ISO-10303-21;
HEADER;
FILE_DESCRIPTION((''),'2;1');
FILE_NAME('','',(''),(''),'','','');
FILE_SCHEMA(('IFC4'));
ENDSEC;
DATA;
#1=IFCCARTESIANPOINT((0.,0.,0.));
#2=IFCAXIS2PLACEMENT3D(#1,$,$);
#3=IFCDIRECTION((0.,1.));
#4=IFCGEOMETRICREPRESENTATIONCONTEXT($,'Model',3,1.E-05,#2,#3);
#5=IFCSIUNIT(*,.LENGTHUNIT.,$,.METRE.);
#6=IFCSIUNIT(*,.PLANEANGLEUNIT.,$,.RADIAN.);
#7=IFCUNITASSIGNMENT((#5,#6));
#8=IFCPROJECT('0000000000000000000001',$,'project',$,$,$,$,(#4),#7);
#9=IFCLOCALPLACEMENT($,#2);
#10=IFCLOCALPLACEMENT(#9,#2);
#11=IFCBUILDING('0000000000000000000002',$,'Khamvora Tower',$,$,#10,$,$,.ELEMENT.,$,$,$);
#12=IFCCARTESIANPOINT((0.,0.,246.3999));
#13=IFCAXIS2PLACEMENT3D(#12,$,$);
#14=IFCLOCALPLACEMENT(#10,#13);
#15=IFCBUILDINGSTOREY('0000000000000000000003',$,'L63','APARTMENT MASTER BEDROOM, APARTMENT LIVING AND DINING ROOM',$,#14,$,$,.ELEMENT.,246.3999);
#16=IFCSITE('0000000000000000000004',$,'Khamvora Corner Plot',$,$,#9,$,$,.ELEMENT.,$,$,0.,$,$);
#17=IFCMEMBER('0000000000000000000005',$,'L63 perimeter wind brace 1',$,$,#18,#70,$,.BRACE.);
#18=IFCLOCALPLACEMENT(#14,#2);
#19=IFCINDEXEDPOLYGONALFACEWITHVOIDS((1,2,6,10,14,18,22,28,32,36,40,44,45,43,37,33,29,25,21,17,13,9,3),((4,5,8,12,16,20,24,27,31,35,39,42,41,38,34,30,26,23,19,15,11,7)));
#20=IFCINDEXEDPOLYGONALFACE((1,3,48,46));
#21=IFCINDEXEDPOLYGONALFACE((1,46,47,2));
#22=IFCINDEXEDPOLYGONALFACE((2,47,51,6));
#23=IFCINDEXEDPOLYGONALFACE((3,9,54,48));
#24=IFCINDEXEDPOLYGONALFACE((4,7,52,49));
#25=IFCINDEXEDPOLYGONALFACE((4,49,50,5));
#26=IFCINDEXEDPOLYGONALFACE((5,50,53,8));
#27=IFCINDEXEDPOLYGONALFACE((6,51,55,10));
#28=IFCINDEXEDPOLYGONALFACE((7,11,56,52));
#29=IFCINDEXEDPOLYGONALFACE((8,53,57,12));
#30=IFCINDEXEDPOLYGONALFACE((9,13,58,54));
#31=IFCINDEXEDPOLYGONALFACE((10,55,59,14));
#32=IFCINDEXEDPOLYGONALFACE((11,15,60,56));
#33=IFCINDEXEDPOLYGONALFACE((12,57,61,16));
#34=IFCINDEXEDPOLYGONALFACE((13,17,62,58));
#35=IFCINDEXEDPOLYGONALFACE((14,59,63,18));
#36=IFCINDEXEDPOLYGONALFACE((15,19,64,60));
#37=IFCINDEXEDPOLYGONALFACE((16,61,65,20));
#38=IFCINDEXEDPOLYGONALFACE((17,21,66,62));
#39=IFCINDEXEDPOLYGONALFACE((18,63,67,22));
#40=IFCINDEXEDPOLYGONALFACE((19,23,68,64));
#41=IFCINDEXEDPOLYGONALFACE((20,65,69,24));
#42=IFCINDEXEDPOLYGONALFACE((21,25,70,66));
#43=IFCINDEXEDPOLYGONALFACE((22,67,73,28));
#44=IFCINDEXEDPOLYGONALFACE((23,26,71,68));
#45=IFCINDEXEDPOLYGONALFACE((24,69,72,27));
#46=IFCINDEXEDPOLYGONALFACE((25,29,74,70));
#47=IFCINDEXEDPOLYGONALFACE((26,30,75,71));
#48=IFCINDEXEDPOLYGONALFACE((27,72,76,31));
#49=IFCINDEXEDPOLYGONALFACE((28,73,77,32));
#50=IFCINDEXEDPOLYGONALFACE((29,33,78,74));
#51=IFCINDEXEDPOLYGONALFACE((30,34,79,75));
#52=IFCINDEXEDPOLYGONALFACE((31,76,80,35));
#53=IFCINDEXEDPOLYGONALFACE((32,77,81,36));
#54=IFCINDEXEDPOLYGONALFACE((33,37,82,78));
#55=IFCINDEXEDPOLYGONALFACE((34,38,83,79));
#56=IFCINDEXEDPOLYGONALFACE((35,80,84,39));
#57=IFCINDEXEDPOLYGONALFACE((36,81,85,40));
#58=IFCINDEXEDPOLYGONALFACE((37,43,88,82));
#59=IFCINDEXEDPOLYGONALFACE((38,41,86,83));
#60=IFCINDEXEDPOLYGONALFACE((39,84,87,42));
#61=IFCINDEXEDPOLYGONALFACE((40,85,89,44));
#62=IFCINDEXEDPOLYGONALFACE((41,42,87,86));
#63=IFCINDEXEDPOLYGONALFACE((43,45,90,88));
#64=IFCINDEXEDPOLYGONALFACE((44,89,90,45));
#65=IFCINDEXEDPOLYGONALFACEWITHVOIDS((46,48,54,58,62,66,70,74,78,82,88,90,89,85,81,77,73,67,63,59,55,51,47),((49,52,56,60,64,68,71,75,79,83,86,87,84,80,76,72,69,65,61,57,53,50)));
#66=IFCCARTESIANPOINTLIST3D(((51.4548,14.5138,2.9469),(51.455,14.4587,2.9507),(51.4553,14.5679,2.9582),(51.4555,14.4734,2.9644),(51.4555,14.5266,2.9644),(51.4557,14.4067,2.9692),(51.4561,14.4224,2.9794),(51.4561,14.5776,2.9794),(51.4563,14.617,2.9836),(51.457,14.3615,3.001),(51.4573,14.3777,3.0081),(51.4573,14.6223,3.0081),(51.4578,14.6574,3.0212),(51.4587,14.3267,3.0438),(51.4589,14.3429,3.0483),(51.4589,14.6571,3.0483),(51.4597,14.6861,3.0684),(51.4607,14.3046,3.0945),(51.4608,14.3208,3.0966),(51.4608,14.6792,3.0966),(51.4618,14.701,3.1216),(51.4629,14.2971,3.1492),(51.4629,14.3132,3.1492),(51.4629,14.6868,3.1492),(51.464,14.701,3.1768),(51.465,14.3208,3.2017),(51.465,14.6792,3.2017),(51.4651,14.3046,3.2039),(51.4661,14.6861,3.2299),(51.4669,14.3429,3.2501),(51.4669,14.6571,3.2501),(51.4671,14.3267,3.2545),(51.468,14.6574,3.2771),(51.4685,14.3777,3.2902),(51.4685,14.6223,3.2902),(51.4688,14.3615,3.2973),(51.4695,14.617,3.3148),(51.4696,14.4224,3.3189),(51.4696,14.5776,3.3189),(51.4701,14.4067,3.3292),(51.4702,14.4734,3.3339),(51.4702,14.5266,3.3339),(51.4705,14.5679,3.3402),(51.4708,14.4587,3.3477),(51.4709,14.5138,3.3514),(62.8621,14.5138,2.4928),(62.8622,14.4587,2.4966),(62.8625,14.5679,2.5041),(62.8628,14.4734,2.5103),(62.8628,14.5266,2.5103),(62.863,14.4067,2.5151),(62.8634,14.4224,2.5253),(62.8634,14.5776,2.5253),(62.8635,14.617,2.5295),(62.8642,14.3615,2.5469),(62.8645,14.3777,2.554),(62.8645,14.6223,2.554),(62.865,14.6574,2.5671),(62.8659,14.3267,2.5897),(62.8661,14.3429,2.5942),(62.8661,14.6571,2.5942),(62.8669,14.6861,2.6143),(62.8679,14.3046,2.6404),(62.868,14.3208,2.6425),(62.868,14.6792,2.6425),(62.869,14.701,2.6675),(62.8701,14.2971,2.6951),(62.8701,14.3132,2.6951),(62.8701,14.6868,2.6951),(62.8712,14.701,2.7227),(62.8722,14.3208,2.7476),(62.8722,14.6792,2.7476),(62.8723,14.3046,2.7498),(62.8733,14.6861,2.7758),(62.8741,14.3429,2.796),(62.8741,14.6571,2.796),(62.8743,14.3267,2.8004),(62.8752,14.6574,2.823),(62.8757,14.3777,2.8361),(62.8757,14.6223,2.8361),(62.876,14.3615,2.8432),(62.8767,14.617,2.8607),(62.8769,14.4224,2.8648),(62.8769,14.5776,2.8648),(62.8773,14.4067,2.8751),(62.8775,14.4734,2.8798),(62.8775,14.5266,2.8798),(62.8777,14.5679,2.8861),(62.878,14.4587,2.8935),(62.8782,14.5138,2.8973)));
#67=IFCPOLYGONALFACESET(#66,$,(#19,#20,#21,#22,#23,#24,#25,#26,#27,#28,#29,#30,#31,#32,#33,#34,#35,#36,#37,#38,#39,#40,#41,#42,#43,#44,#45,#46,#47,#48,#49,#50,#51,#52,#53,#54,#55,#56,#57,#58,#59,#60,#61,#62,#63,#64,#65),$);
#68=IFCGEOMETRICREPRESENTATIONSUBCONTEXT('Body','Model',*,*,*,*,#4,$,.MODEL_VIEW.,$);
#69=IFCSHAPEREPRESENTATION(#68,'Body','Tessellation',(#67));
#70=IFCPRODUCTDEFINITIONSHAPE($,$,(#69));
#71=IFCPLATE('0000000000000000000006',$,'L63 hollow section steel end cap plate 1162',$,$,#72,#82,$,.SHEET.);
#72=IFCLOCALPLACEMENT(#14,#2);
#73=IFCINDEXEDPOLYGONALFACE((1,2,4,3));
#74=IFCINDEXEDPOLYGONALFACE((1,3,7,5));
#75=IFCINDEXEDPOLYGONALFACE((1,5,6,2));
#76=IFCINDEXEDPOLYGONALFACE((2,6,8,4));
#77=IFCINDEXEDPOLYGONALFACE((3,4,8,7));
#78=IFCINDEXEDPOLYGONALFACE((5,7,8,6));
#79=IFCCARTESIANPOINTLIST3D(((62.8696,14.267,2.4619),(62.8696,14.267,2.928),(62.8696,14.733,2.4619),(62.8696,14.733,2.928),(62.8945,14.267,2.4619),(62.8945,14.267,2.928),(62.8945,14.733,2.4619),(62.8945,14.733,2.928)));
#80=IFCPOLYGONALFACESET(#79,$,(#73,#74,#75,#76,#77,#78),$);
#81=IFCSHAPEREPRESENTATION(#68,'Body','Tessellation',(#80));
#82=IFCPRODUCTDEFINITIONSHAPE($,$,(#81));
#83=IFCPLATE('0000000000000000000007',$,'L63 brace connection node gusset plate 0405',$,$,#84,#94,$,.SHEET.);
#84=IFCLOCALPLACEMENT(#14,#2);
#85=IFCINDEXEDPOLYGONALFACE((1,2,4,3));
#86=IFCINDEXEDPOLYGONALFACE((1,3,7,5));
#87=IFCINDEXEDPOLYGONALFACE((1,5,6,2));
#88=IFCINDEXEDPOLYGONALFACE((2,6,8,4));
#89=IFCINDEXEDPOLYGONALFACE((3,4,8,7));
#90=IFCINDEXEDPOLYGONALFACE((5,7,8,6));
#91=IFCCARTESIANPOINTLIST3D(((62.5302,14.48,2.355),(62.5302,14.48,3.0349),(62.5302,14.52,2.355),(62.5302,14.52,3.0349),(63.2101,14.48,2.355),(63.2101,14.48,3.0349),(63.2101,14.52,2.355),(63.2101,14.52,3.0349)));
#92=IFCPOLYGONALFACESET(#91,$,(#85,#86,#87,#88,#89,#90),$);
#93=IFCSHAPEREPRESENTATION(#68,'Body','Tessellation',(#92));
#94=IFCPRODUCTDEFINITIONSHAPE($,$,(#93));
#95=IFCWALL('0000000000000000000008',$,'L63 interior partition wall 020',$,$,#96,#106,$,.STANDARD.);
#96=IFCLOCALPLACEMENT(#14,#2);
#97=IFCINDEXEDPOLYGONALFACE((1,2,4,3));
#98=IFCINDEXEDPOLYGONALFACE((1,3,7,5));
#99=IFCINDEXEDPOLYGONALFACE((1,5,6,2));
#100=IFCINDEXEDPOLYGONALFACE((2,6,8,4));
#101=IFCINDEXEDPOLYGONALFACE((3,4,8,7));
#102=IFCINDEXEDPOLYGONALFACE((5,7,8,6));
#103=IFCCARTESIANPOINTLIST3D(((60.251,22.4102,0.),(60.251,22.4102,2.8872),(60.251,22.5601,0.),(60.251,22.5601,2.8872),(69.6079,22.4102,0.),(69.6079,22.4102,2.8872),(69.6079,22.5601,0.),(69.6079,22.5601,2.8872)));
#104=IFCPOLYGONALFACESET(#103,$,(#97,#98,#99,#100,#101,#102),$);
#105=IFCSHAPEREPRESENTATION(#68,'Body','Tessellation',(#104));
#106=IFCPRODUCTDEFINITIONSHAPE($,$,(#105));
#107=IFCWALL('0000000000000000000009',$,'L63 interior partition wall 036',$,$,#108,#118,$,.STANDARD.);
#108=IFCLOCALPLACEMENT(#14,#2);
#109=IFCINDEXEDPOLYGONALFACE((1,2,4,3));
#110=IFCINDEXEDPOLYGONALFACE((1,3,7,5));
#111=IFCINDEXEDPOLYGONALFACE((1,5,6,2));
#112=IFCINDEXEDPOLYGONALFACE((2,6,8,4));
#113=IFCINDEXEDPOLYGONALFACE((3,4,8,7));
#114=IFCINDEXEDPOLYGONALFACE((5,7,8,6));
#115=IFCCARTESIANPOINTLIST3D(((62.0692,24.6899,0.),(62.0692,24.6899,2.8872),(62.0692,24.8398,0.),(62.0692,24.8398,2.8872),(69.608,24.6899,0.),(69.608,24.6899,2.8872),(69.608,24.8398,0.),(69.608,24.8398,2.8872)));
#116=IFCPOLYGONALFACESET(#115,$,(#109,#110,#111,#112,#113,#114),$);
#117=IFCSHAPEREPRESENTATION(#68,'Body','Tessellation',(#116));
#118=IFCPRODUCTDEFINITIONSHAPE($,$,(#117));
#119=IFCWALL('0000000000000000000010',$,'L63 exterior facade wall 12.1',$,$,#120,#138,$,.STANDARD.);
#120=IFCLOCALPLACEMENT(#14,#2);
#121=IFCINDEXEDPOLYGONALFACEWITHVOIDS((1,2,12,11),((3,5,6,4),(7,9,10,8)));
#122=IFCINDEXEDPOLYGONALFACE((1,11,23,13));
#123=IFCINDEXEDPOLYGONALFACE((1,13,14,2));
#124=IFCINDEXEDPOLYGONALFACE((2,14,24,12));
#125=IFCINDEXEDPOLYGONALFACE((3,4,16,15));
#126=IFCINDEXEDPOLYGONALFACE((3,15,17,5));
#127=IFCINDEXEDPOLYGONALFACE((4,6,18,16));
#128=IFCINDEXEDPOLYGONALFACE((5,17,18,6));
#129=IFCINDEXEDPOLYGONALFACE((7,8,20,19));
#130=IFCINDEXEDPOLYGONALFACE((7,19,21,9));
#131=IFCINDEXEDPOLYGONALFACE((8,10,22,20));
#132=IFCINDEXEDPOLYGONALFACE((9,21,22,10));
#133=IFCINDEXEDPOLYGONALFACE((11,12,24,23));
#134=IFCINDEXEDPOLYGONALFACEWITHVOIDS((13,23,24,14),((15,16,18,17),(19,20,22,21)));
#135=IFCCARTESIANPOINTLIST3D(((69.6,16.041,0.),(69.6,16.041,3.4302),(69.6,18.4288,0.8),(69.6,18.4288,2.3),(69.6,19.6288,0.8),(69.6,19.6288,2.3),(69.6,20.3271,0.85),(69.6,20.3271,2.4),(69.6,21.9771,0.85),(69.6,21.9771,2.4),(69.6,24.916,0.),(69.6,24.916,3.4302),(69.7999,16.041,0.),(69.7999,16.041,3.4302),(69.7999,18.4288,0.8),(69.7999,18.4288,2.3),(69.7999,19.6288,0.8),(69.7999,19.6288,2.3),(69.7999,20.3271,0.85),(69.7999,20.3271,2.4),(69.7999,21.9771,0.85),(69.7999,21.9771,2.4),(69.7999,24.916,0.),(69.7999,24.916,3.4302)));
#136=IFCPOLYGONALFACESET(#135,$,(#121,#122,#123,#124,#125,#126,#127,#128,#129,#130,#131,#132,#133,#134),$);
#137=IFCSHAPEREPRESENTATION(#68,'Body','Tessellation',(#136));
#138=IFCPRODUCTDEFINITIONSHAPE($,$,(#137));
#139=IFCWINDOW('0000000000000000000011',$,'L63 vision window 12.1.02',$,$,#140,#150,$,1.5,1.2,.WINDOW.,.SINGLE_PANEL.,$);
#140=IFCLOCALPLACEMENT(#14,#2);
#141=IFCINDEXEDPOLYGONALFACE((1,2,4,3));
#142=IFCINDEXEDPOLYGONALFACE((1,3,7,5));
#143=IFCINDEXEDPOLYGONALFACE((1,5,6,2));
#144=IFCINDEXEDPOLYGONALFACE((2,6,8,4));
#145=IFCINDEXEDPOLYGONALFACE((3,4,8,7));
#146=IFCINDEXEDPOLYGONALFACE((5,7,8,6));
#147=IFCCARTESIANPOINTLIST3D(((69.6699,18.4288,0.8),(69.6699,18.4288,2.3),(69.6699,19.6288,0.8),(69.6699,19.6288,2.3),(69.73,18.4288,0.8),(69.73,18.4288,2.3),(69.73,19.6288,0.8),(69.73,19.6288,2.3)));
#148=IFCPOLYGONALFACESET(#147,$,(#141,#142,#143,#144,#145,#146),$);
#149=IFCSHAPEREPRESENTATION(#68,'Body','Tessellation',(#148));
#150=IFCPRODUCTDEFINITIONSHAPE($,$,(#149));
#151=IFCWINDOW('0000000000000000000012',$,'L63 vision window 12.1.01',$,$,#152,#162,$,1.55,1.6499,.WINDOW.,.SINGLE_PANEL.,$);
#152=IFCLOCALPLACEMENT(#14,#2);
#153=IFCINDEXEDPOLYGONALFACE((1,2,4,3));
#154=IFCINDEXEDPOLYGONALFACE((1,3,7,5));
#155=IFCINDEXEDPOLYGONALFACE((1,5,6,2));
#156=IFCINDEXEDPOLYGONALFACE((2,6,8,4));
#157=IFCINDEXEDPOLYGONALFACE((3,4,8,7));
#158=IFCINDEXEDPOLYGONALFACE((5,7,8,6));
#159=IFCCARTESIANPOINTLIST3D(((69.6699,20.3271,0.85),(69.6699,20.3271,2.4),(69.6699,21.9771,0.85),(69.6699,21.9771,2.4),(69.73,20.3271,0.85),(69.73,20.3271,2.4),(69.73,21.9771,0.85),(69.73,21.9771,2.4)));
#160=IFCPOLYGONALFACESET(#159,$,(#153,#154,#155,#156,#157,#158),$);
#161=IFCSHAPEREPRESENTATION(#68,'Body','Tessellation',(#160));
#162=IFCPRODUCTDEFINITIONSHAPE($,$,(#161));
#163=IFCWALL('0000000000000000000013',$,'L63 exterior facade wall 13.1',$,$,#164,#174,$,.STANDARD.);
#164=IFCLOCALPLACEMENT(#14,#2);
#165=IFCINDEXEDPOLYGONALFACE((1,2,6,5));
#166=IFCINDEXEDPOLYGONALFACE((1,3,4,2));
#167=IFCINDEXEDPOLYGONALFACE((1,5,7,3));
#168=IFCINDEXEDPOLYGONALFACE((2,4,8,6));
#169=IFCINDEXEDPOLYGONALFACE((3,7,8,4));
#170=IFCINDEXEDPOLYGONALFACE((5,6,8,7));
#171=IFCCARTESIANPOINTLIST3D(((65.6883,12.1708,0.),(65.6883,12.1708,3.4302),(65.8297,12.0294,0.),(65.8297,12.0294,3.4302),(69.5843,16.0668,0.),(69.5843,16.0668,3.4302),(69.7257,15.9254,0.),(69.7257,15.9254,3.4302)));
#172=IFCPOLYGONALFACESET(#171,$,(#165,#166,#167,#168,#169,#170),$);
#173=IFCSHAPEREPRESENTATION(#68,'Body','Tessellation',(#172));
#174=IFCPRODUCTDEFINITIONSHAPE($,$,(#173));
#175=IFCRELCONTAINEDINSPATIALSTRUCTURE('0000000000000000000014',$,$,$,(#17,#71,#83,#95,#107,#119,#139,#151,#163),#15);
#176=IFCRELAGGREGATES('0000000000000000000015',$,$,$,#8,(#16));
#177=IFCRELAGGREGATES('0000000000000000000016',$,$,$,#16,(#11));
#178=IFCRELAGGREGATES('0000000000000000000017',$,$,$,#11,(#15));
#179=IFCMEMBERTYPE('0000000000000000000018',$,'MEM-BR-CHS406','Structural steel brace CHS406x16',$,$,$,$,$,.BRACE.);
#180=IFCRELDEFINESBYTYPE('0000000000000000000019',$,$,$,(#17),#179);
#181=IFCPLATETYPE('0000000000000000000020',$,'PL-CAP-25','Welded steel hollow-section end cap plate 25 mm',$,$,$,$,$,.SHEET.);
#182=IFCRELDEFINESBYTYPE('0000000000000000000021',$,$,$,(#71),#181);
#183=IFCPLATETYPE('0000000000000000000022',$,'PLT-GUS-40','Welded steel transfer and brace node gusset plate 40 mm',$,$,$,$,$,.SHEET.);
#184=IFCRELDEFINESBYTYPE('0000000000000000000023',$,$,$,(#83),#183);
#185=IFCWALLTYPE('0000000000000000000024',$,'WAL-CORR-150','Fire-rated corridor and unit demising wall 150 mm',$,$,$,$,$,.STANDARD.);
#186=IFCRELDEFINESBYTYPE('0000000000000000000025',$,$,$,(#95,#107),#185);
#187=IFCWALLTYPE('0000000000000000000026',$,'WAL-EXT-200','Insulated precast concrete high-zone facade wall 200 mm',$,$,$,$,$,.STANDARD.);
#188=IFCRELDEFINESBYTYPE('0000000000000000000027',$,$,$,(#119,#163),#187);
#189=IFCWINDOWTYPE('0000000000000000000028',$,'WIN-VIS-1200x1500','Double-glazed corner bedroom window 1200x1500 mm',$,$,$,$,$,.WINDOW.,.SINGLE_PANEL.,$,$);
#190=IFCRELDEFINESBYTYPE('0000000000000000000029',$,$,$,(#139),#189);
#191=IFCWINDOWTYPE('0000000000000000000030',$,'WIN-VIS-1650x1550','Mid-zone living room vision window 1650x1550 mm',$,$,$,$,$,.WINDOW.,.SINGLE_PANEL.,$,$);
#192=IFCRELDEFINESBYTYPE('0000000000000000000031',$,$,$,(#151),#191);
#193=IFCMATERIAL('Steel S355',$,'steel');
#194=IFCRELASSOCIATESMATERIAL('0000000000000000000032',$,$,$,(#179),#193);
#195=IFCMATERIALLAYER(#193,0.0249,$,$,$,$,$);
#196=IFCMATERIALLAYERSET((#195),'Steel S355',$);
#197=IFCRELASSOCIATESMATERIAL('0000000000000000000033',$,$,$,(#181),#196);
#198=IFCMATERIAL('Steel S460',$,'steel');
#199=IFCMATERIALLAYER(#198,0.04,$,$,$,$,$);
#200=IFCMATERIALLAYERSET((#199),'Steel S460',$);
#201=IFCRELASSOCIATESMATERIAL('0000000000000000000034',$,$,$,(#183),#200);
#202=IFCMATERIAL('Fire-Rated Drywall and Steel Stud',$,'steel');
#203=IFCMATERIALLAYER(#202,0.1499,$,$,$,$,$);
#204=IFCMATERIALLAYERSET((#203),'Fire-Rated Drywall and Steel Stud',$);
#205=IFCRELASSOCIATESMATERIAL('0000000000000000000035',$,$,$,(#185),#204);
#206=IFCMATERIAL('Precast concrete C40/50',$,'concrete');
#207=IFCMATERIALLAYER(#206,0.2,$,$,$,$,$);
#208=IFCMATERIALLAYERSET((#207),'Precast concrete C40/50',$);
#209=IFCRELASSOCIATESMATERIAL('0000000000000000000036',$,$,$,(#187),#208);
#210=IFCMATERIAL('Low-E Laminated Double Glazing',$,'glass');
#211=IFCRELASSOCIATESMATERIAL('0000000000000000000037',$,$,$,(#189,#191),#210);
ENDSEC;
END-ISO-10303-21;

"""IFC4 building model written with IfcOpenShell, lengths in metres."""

from ifc_helpers import new_model, si_unit, direction, frame, frame_2d, origin, origin_2d, place, context, subcontext, project, spatial, rectangle, hollow_circle, extrude, material, layer, layer_set, material_profile, profile_set, type_object, element, fill, save


model = new_model("IFC4")

# Units and contexts
model_context = context("Model", 3, precision=1e-05, world=origin(), true_north=direction((0.0, 1.0)))
body_context = subcontext(model_context, "Body", "Model", "MODEL_VIEW")
ifc_project = project(units=[si_unit("LENGTHUNIT", "METRE"), si_unit("PLANEANGLEUNIT", "RADIAN")], contexts=[model_context])

# Site, building, storey
site_placement = place(None, origin())
site = spatial("IfcSite", under=ifc_project, at=site_placement, Name="Khamvora Corner Plot", CompositionType="ELEMENT", RefElevation=0.0)
building_placement = place(site_placement, origin())
building = spatial("IfcBuilding", under=site, at=building_placement, Name="Khamvora Tower", CompositionType="ELEMENT")
storey_placement = place(building_placement, frame((0.0, 0.0, 246.3999)))
storey = spatial("IfcBuildingStorey", under=building, at=storey_placement, Name="L63", Description="APARTMENT MASTER BEDROOM, APARTMENT LIVING AND DINING ROOM", CompositionType="ELEMENT", Elevation=246.3999)

# Shared definitions
ifc_material_1 = material(Name="Steel S355", Category="steel")

# Member
ifc_material_profile_1 = material_profile(ifc_material_1, hollow_circle(Radius=0.2029, WallThickness=0.0161, at=origin_2d()), Name="CHS406x16")
ifc_profile_set_1 = profile_set([ifc_material_profile_1], Name="Steel S355")
member_type = type_object("IfcMemberType", Name="MEM-BR-CHS406", Description="Structural steel brace CHS406x16", PredefinedType="BRACE", material=ifc_profile_set_1)
member_placement = place(storey_placement, frame((62.8701, 14.5, 2.6951), z_axis=(-0.999209, 0.0, 0.039777), x_axis=(0.0, -1.0, 0.0)))
element("IfcMember", 1, at=member_placement, inside=storey, type_object=member_type, Name="L63 perimeter wind brace 1", PredefinedType="BRACE", context=body_context, shape_type="SweptSolid", body=[
    extrude(hollow_circle(Radius=0.2029, WallThickness=0.0161, at=origin_2d()), origin(), (0.0, 0.0, 1.0), 11.4163),
])

# Plates
ifc_layer_1 = layer(ifc_material_1, 0.0249)
ifc_layer_set_1 = layer_set([ifc_layer_1], Name="Steel S355")
plate_type_1 = type_object("IfcPlateType", Name="PL-CAP-25", Description="Welded steel hollow-section end cap plate 25 mm", PredefinedType="SHEET", material=ifc_layer_set_1)
plate_1_placement = place(storey_placement, frame((62.8821, 14.5, 2.4619), z_axis=(0.0, 0.0, 1.0), x_axis=(-1.0, 0.0, 0.0)))
element("IfcPlate", 2, at=plate_1_placement, inside=storey, type_object=plate_type_1, Name="L63 hollow section steel end cap plate 1162", PredefinedType="SHEET", context=body_context, shape_type="SweptSolid", body=[
    extrude(rectangle(XDim=0.0249, YDim=0.4661, at=origin_2d()), origin(), (0.0, 0.0, 1.0), 0.4661),
])
ifc_material_2 = material(Name="Steel S460", Category="steel")
ifc_layer_2 = layer(ifc_material_2, 0.04)
ifc_layer_set_2 = layer_set([ifc_layer_2], Name="Steel S460")
plate_type_2 = type_object("IfcPlateType", Name="PLT-GUS-40", Description="Welded steel transfer and brace node gusset plate 40 mm", PredefinedType="SHEET", material=ifc_layer_set_2)
plate_2_placement = place(storey_placement, frame((62.8701, 14.5, 2.355), z_axis=(0.0, 0.0, 1.0), x_axis=(1.0, 0.0, 0.0)))
element("IfcPlate", 3, at=plate_2_placement, inside=storey, type_object=plate_type_2, Name="L63 brace connection node gusset plate 0405", PredefinedType="SHEET", context=body_context, shape_type="SweptSolid", body=[
    extrude(rectangle(XDim=0.6799, YDim=0.04, at=origin_2d()), origin(), (0.0, 0.0, 1.0), 0.6799),
])

# Walls
ifc_material_3 = material(Name="Fire-Rated Drywall and Steel Stud", Category="steel")
ifc_layer_3 = layer(ifc_material_3, 0.1499)
ifc_layer_set_3 = layer_set([ifc_layer_3], Name="Fire-Rated Drywall and Steel Stud")
wall_type_1 = type_object("IfcWallType", Name="WAL-CORR-150", Description="Fire-rated corridor and unit demising wall 150 mm", PredefinedType="STANDARD", material=ifc_layer_set_3)
wall_1_placement = place(storey_placement, frame((69.6079, 22.4851, 0.0), z_axis=(0.0, 0.0, 1.0), x_axis=(-1.0, 0.0, 0.0)))
element("IfcWall", 4, at=wall_1_placement, inside=storey, type_object=wall_type_1, Name="L63 interior partition wall 020", PredefinedType="STANDARD", context=body_context, shape_type="SweptSolid", body=[
    extrude(rectangle(XDim=9.3569, YDim=0.1499, at=frame_2d((4.6785, 0.0))), origin(), (0.0, 0.0, 1.0), 2.8872),
])
wall_2_placement = place(storey_placement, frame((62.0691, 24.7649, 0.0), z_axis=(0.0, 0.0, 1.0), x_axis=(1.0, 0.0, 0.0)))
element("IfcWall", 5, at=wall_2_placement, inside=storey, type_object=wall_type_1, Name="L63 interior partition wall 036", PredefinedType="STANDARD", context=body_context, shape_type="SweptSolid", body=[
    extrude(rectangle(XDim=7.5388, YDim=0.1499, at=frame_2d((3.7695, 0.0))), origin(), (0.0, 0.0, 1.0), 2.8872),
])

# Wall, openings, windows
ifc_material_4 = material(Name="Precast concrete C40/50", Category="concrete")
ifc_layer_4 = layer(ifc_material_4, 0.2)
ifc_layer_set_4 = layer_set([ifc_layer_4], Name="Precast concrete C40/50")
wall_type_2 = type_object("IfcWallType", Name="WAL-EXT-200", Description="Insulated precast concrete high-zone facade wall 200 mm", PredefinedType="STANDARD", material=ifc_layer_set_4)
wall_3_placement = place(storey_placement, frame((69.7, 24.916, 0.0), z_axis=(0.0, 0.0, 1.0), x_axis=(0.0, -1.0, 0.0)))
wall_3 = element("IfcWall", 6, at=wall_3_placement, inside=storey, type_object=wall_type_2, Name="L63 exterior facade wall 12.1", PredefinedType="STANDARD", context=body_context, shape_type="SweptSolid", body=[
    extrude(rectangle(XDim=8.875, YDim=0.2, at=frame_2d((4.4375, 0.0))), origin(), (0.0, 0.0, 1.0), 3.4302),
])
opening_1_placement = place(wall_3_placement, frame((2.939, 0.0, 0.8501)))
opening_1 = element("IfcOpeningElement", 7, at=opening_1_placement, cuts=wall_3, PredefinedType="OPENING", context=body_context, shape_type="SweptSolid", body=[
    extrude(rectangle(XDim=1.6499, YDim=1.55, at=frame_2d((0.825, 0.7749))), frame((0.0, 0.1099, 0.0), z_axis=(0.0, -1.0, 0.0), x_axis=(1.0, 0.0, 0.0)), (0.0, 0.0, 1.0), 0.22),
])
opening_2_placement = place(wall_3_placement, frame((5.2871, 0.0, 0.8)))
opening_2 = element("IfcOpeningElement", 8, at=opening_2_placement, cuts=wall_3, PredefinedType="OPENING", context=body_context, shape_type="SweptSolid", body=[
    extrude(rectangle(XDim=1.2, YDim=1.5, at=frame_2d((0.6001, 0.75))), frame((0.0, 0.1099, 0.0), z_axis=(0.0, -1.0, 0.0), x_axis=(1.0, 0.0, 0.0)), (0.0, 0.0, 1.0), 0.22),
])
ifc_material_5 = material(Name="Low-E Laminated Double Glazing", Category="glass")
window_type_1 = type_object("IfcWindowType", Name="WIN-VIS-1200x1500", Description="Double-glazed corner bedroom window 1200x1500 mm", PartitioningType="SINGLE_PANEL", PredefinedType="WINDOW", material=ifc_material_5)
window_1_placement = place(opening_2_placement, origin())
window_1 = element("IfcWindow", 9, at=window_1_placement, inside=storey, type_object=window_type_1, Name="L63 vision window 12.1.02", OverallHeight=1.5, OverallWidth=1.2, PartitioningType="SINGLE_PANEL", PredefinedType="WINDOW", context=body_context, shape_type="SweptSolid", body=[
    extrude(rectangle(XDim=1.2, YDim=1.5, at=frame_2d((0.6001, 0.75))), frame((0.0, 0.03, 0.0), z_axis=(0.0, -1.0, 0.0), x_axis=(1.0, 0.0, 0.0)), (0.0, 0.0, 1.0), 0.0601),
])
fill(opening_2, window_1)
window_type_2 = type_object("IfcWindowType", Name="WIN-VIS-1650x1550", Description="Mid-zone living room vision window 1650x1550 mm", PartitioningType="SINGLE_PANEL", PredefinedType="WINDOW", material=ifc_material_5)
window_2_placement = place(opening_1_placement, origin())
window_2 = element("IfcWindow", 10, at=window_2_placement, inside=storey, type_object=window_type_2, Name="L63 vision window 12.1.01", OverallHeight=1.55, OverallWidth=1.6499, PartitioningType="SINGLE_PANEL", PredefinedType="WINDOW", context=body_context, shape_type="SweptSolid", body=[
    extrude(rectangle(XDim=1.6499, YDim=1.55, at=frame_2d((0.825, 0.7749))), frame((0.0, 0.03, 0.0), z_axis=(0.0, -1.0, 0.0), x_axis=(1.0, 0.0, 0.0)), (0.0, 0.0, 1.0), 0.0601),
])
fill(opening_1, window_2)

# Wall
wall_4_placement = place(storey_placement, frame((69.655, 15.9961, 0.0), z_axis=(0.0, 0.0, 1.0), x_axis=(-0.707107, -0.707107, 0.0)))
element("IfcWall", 11, at=wall_4_placement, inside=storey, type_object=wall_type_2, Name="L63 exterior facade wall 13.1", PredefinedType="STANDARD", context=body_context, shape_type="SweptSolid", body=[
    extrude(rectangle(XDim=5.5098, YDim=0.2, at=frame_2d((2.7549, 0.0))), origin(), (0.0, 0.0, 1.0), 3.4302),
])

save(model, "model.ifc")
